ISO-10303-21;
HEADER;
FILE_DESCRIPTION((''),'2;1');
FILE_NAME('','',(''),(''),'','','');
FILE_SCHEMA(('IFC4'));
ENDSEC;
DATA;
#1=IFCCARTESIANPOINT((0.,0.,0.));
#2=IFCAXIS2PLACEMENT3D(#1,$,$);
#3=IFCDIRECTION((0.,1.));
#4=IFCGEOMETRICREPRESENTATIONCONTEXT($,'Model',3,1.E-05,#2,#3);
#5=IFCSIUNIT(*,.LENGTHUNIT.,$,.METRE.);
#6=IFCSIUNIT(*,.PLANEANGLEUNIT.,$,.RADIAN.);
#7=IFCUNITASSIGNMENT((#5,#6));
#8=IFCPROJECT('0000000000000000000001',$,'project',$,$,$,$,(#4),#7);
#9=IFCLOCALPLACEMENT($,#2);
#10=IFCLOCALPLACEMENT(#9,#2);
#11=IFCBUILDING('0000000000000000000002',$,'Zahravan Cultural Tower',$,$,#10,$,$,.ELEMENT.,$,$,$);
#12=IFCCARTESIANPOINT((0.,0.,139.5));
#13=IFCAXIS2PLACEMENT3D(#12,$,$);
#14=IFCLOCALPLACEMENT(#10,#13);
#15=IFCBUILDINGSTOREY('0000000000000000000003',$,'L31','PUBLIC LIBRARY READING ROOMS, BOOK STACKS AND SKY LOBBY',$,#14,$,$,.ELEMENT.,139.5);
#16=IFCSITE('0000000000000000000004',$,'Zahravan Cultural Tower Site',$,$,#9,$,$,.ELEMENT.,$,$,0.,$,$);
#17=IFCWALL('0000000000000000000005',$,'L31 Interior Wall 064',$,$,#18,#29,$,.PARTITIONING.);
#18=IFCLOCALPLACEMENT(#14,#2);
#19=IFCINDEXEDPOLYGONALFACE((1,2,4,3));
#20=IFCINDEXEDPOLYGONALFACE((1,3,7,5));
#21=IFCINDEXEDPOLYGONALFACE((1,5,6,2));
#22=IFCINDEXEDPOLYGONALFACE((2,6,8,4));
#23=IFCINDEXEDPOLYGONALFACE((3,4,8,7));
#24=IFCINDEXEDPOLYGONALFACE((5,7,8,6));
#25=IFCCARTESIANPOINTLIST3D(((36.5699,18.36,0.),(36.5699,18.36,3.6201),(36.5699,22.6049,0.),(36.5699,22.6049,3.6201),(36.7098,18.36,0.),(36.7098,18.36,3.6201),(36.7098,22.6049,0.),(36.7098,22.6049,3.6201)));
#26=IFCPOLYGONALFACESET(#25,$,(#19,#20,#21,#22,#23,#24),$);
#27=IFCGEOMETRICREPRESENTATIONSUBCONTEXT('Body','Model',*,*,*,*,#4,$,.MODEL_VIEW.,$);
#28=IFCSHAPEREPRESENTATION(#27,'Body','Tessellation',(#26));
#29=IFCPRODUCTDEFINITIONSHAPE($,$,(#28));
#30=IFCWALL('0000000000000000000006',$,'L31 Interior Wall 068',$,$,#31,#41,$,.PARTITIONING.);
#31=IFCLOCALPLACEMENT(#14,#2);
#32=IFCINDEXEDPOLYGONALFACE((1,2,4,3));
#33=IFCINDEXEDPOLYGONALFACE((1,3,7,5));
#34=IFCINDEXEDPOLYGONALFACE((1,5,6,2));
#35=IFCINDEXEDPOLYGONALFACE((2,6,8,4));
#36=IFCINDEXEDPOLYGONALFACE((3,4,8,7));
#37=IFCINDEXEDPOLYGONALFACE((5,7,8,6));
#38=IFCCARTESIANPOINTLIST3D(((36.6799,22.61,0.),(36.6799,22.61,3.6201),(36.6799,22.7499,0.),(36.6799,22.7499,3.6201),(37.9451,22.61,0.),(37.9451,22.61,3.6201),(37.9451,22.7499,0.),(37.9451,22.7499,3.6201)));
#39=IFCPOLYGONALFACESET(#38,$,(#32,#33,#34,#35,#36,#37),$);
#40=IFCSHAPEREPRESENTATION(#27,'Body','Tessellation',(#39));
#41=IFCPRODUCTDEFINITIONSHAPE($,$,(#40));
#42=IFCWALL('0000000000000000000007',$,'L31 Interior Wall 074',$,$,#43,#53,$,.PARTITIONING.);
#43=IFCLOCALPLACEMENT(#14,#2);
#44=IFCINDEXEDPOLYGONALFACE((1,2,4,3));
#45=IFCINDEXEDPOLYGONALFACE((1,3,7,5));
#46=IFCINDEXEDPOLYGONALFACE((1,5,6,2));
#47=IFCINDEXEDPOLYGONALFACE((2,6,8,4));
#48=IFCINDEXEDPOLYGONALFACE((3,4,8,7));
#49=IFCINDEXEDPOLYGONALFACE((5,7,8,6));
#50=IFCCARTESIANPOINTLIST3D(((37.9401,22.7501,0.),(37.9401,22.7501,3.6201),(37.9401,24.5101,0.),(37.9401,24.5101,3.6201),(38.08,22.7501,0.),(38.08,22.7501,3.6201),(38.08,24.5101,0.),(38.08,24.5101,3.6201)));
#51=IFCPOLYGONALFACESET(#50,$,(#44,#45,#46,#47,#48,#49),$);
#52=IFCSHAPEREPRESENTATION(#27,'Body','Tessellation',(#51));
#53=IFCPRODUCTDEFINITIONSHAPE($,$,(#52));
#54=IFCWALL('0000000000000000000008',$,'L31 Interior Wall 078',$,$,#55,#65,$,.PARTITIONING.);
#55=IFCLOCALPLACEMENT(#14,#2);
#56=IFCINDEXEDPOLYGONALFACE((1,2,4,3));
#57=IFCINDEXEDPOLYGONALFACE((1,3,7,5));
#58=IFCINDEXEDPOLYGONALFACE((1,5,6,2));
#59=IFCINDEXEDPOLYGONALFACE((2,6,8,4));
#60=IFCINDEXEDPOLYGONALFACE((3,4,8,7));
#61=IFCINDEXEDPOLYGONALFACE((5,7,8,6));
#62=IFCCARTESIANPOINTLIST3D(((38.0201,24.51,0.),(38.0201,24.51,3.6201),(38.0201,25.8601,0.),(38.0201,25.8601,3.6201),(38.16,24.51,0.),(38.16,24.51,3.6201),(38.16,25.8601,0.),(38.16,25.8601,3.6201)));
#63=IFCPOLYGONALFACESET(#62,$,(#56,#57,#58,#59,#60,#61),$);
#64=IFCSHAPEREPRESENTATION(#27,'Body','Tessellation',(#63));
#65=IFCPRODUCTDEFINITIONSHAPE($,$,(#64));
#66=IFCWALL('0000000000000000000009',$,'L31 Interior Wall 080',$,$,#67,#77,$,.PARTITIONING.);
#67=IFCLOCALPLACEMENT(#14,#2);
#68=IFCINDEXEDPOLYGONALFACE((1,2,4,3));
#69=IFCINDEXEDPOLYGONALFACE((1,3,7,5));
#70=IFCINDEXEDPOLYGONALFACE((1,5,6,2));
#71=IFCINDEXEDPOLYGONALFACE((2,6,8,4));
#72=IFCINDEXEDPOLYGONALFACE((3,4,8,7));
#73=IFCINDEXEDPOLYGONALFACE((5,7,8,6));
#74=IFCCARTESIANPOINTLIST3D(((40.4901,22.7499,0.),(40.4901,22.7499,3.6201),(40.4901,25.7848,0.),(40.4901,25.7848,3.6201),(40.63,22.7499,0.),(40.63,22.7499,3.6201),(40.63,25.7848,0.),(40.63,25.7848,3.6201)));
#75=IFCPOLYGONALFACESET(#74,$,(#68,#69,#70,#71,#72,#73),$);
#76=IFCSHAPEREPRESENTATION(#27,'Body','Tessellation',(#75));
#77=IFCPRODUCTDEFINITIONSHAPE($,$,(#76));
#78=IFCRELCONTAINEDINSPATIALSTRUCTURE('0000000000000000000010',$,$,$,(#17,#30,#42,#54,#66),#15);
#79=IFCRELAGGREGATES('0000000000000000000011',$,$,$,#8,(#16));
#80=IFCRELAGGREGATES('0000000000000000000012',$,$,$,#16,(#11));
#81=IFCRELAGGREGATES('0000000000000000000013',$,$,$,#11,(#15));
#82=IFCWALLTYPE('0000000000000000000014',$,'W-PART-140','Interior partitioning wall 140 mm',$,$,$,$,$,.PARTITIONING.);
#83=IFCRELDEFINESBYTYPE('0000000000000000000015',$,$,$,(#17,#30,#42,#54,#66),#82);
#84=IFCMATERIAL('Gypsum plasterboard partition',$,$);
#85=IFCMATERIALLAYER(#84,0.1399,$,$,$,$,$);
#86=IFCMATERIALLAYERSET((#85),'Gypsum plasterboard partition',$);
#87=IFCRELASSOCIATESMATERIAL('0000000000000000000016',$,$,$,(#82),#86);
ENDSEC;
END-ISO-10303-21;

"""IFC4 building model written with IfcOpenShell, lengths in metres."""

from ifc_helpers import new_model, si_unit, direction, frame, frame_2d, origin, place, context, subcontext, project, spatial, rectangle, extrude, source, transform, mapped, material, layer, layer_set, type_object, element, save


model = new_model("IFC4")

# Units and contexts
model_context = context("Model", 3, precision=1e-05, world=origin(), true_north=direction((0.0, 1.0)))
body_context = subcontext(model_context, "Body", "Model", "MODEL_VIEW")
ifc_project = project(units=[si_unit("LENGTHUNIT", "METRE"), si_unit("PLANEANGLEUNIT", "RADIAN")], contexts=[model_context])

# Site, building, storey
site_placement = place(None, origin())
site = spatial("IfcSite", under=ifc_project, at=site_placement, Name="Zahravan Cultural Tower Site", CompositionType="ELEMENT", RefElevation=0.0)
building_placement = place(site_placement, origin())
building = spatial("IfcBuilding", under=site, at=building_placement, Name="Zahravan Cultural Tower", CompositionType="ELEMENT")
storey_placement = place(building_placement, frame((0.0, 0.0, 139.5)))
storey = spatial("IfcBuildingStorey", under=building, at=storey_placement, Name="L31", Description="PUBLIC LIBRARY READING ROOMS, BOOK STACKS AND SKY LOBBY", CompositionType="ELEMENT", Elevation=139.5)

# Shared definitions
ifc_material_1 = material(Name="Gypsum plasterboard partition")
ifc_layer_1 = layer(ifc_material_1, 0.1399)
ifc_layer_set_1 = layer_set([ifc_layer_1], Name="Gypsum plasterboard partition")
wall_type_1 = type_object("IfcWallType", Name="W-PART-140", Description="Interior partitioning wall 140 mm", PredefinedType="PARTITIONING", material=ifc_layer_set_1)

# Walls
shared_shape_1 = source(origin(), body_context, "Body", "SweptSolid", [
    extrude(rectangle(XDim=4.2449, YDim=0.1399, at=frame_2d((2.1226, 0.0))), origin(), (0.0, 0.0, 1.0), 3.6201),
])
wall_1_placement = place(storey_placement, frame((36.6399, 22.605, 0.0), z_axis=(0.0, 0.0, 1.0), x_axis=(0.0, -1.0, 0.0)))
element("IfcWall", 1, at=wall_1_placement, inside=storey, type_object=wall_type_1, Name="L31 Interior Wall 064", PredefinedType="PARTITIONING", context=body_context, shape_type="MappedRepresentation", body=[
    mapped(shared_shape_1, transform((0.0, 0.0, 0.0), x_axis=(1.0, 0.0, 0.0), y_axis=(0.0, 1.0, 0.0), z_axis=(0.0, 0.0, 1.0), scale=1.0)),
])
shared_shape_2 = source(origin(), body_context, "Body", "SweptSolid", [
    extrude(rectangle(XDim=1.2651, YDim=0.1399, at=frame_2d((0.6326, 0.0))), origin(), (0.0, 0.0, 1.0), 3.6201),
])
wall_2_placement = place(storey_placement, frame((36.6799, 22.6799, 0.0), z_axis=(0.0, 0.0, 1.0), x_axis=(1.0, 0.0, 0.0)))
element("IfcWall", 2, at=wall_2_placement, inside=storey, type_object=wall_type_1, Name="L31 Interior Wall 068", PredefinedType="PARTITIONING", context=body_context, shape_type="MappedRepresentation", body=[
    mapped(shared_shape_2, transform((0.0, 0.0, 0.0), x_axis=(1.0, 0.0, 0.0), y_axis=(0.0, 1.0, 0.0), z_axis=(0.0, 0.0, 1.0), scale=1.0)),
])
shared_shape_3 = source(origin(), body_context, "Body", "SweptSolid", [
    extrude(rectangle(XDim=1.76, YDim=0.1399, at=frame_2d((0.8799, 0.0))), origin(), (0.0, 0.0, 1.0), 3.6201),
])
wall_3_placement = place(storey_placement, frame((38.01, 24.51, 0.0), z_axis=(0.0, 0.0, 1.0), x_axis=(0.0, -1.0, 0.0)))
element("IfcWall", 3, at=wall_3_placement, inside=storey, type_object=wall_type_1, Name="L31 Interior Wall 074", PredefinedType="PARTITIONING", context=body_context, shape_type="MappedRepresentation", body=[
    mapped(shared_shape_3, transform((0.0, 0.0, 0.0), x_axis=(1.0, 0.0, 0.0), y_axis=(0.0, 1.0, 0.0), z_axis=(0.0, 0.0, 1.0), scale=1.0)),
])
shared_shape_4 = source(origin(), body_context, "Body", "SweptSolid", [
    extrude(rectangle(XDim=1.3501, YDim=0.1399, at=frame_2d((0.675, 0.0))), origin(), (0.0, 0.0, 1.0), 3.6201),
])
wall_4_placement = place(storey_placement, frame((38.0901, 24.51, 0.0), z_axis=(0.0, 0.0, 1.0), x_axis=(0.0, 1.0, 0.0)))
element("IfcWall", 4, at=wall_4_placement, inside=storey, type_object=wall_type_1, Name="L31 Interior Wall 078", PredefinedType="PARTITIONING", context=body_context, shape_type="MappedRepresentation", body=[
    mapped(shared_shape_4, transform((0.0, 0.0, 0.0), x_axis=(1.0, 0.0, 0.0), y_axis=(0.0, 1.0, 0.0), z_axis=(0.0, 0.0, 1.0), scale=1.0)),
])
shared_shape_5 = source(origin(), body_context, "Body", "SweptSolid", [
    extrude(rectangle(XDim=3.0349, YDim=0.1399, at=frame_2d((1.5176, 0.0))), origin(), (0.0, 0.0, 1.0), 3.6201),
])
wall_5_placement = place(storey_placement, frame((40.5601, 25.7849, 0.0), z_axis=(0.0, 0.0, 1.0), x_axis=(0.0, -1.0, 0.0)))
element("IfcWall", 5, at=wall_5_placement, inside=storey, type_object=wall_type_1, Name="L31 Interior Wall 080", PredefinedType="PARTITIONING", context=body_context, shape_type="MappedRepresentation", body=[
    mapped(shared_shape_5, transform((0.0, 0.0, 0.0), x_axis=(1.0, 0.0, 0.0), y_axis=(0.0, 1.0, 0.0), z_axis=(0.0, 0.0, 1.0), scale=1.0)),
])

save(model, "model.ifc")
